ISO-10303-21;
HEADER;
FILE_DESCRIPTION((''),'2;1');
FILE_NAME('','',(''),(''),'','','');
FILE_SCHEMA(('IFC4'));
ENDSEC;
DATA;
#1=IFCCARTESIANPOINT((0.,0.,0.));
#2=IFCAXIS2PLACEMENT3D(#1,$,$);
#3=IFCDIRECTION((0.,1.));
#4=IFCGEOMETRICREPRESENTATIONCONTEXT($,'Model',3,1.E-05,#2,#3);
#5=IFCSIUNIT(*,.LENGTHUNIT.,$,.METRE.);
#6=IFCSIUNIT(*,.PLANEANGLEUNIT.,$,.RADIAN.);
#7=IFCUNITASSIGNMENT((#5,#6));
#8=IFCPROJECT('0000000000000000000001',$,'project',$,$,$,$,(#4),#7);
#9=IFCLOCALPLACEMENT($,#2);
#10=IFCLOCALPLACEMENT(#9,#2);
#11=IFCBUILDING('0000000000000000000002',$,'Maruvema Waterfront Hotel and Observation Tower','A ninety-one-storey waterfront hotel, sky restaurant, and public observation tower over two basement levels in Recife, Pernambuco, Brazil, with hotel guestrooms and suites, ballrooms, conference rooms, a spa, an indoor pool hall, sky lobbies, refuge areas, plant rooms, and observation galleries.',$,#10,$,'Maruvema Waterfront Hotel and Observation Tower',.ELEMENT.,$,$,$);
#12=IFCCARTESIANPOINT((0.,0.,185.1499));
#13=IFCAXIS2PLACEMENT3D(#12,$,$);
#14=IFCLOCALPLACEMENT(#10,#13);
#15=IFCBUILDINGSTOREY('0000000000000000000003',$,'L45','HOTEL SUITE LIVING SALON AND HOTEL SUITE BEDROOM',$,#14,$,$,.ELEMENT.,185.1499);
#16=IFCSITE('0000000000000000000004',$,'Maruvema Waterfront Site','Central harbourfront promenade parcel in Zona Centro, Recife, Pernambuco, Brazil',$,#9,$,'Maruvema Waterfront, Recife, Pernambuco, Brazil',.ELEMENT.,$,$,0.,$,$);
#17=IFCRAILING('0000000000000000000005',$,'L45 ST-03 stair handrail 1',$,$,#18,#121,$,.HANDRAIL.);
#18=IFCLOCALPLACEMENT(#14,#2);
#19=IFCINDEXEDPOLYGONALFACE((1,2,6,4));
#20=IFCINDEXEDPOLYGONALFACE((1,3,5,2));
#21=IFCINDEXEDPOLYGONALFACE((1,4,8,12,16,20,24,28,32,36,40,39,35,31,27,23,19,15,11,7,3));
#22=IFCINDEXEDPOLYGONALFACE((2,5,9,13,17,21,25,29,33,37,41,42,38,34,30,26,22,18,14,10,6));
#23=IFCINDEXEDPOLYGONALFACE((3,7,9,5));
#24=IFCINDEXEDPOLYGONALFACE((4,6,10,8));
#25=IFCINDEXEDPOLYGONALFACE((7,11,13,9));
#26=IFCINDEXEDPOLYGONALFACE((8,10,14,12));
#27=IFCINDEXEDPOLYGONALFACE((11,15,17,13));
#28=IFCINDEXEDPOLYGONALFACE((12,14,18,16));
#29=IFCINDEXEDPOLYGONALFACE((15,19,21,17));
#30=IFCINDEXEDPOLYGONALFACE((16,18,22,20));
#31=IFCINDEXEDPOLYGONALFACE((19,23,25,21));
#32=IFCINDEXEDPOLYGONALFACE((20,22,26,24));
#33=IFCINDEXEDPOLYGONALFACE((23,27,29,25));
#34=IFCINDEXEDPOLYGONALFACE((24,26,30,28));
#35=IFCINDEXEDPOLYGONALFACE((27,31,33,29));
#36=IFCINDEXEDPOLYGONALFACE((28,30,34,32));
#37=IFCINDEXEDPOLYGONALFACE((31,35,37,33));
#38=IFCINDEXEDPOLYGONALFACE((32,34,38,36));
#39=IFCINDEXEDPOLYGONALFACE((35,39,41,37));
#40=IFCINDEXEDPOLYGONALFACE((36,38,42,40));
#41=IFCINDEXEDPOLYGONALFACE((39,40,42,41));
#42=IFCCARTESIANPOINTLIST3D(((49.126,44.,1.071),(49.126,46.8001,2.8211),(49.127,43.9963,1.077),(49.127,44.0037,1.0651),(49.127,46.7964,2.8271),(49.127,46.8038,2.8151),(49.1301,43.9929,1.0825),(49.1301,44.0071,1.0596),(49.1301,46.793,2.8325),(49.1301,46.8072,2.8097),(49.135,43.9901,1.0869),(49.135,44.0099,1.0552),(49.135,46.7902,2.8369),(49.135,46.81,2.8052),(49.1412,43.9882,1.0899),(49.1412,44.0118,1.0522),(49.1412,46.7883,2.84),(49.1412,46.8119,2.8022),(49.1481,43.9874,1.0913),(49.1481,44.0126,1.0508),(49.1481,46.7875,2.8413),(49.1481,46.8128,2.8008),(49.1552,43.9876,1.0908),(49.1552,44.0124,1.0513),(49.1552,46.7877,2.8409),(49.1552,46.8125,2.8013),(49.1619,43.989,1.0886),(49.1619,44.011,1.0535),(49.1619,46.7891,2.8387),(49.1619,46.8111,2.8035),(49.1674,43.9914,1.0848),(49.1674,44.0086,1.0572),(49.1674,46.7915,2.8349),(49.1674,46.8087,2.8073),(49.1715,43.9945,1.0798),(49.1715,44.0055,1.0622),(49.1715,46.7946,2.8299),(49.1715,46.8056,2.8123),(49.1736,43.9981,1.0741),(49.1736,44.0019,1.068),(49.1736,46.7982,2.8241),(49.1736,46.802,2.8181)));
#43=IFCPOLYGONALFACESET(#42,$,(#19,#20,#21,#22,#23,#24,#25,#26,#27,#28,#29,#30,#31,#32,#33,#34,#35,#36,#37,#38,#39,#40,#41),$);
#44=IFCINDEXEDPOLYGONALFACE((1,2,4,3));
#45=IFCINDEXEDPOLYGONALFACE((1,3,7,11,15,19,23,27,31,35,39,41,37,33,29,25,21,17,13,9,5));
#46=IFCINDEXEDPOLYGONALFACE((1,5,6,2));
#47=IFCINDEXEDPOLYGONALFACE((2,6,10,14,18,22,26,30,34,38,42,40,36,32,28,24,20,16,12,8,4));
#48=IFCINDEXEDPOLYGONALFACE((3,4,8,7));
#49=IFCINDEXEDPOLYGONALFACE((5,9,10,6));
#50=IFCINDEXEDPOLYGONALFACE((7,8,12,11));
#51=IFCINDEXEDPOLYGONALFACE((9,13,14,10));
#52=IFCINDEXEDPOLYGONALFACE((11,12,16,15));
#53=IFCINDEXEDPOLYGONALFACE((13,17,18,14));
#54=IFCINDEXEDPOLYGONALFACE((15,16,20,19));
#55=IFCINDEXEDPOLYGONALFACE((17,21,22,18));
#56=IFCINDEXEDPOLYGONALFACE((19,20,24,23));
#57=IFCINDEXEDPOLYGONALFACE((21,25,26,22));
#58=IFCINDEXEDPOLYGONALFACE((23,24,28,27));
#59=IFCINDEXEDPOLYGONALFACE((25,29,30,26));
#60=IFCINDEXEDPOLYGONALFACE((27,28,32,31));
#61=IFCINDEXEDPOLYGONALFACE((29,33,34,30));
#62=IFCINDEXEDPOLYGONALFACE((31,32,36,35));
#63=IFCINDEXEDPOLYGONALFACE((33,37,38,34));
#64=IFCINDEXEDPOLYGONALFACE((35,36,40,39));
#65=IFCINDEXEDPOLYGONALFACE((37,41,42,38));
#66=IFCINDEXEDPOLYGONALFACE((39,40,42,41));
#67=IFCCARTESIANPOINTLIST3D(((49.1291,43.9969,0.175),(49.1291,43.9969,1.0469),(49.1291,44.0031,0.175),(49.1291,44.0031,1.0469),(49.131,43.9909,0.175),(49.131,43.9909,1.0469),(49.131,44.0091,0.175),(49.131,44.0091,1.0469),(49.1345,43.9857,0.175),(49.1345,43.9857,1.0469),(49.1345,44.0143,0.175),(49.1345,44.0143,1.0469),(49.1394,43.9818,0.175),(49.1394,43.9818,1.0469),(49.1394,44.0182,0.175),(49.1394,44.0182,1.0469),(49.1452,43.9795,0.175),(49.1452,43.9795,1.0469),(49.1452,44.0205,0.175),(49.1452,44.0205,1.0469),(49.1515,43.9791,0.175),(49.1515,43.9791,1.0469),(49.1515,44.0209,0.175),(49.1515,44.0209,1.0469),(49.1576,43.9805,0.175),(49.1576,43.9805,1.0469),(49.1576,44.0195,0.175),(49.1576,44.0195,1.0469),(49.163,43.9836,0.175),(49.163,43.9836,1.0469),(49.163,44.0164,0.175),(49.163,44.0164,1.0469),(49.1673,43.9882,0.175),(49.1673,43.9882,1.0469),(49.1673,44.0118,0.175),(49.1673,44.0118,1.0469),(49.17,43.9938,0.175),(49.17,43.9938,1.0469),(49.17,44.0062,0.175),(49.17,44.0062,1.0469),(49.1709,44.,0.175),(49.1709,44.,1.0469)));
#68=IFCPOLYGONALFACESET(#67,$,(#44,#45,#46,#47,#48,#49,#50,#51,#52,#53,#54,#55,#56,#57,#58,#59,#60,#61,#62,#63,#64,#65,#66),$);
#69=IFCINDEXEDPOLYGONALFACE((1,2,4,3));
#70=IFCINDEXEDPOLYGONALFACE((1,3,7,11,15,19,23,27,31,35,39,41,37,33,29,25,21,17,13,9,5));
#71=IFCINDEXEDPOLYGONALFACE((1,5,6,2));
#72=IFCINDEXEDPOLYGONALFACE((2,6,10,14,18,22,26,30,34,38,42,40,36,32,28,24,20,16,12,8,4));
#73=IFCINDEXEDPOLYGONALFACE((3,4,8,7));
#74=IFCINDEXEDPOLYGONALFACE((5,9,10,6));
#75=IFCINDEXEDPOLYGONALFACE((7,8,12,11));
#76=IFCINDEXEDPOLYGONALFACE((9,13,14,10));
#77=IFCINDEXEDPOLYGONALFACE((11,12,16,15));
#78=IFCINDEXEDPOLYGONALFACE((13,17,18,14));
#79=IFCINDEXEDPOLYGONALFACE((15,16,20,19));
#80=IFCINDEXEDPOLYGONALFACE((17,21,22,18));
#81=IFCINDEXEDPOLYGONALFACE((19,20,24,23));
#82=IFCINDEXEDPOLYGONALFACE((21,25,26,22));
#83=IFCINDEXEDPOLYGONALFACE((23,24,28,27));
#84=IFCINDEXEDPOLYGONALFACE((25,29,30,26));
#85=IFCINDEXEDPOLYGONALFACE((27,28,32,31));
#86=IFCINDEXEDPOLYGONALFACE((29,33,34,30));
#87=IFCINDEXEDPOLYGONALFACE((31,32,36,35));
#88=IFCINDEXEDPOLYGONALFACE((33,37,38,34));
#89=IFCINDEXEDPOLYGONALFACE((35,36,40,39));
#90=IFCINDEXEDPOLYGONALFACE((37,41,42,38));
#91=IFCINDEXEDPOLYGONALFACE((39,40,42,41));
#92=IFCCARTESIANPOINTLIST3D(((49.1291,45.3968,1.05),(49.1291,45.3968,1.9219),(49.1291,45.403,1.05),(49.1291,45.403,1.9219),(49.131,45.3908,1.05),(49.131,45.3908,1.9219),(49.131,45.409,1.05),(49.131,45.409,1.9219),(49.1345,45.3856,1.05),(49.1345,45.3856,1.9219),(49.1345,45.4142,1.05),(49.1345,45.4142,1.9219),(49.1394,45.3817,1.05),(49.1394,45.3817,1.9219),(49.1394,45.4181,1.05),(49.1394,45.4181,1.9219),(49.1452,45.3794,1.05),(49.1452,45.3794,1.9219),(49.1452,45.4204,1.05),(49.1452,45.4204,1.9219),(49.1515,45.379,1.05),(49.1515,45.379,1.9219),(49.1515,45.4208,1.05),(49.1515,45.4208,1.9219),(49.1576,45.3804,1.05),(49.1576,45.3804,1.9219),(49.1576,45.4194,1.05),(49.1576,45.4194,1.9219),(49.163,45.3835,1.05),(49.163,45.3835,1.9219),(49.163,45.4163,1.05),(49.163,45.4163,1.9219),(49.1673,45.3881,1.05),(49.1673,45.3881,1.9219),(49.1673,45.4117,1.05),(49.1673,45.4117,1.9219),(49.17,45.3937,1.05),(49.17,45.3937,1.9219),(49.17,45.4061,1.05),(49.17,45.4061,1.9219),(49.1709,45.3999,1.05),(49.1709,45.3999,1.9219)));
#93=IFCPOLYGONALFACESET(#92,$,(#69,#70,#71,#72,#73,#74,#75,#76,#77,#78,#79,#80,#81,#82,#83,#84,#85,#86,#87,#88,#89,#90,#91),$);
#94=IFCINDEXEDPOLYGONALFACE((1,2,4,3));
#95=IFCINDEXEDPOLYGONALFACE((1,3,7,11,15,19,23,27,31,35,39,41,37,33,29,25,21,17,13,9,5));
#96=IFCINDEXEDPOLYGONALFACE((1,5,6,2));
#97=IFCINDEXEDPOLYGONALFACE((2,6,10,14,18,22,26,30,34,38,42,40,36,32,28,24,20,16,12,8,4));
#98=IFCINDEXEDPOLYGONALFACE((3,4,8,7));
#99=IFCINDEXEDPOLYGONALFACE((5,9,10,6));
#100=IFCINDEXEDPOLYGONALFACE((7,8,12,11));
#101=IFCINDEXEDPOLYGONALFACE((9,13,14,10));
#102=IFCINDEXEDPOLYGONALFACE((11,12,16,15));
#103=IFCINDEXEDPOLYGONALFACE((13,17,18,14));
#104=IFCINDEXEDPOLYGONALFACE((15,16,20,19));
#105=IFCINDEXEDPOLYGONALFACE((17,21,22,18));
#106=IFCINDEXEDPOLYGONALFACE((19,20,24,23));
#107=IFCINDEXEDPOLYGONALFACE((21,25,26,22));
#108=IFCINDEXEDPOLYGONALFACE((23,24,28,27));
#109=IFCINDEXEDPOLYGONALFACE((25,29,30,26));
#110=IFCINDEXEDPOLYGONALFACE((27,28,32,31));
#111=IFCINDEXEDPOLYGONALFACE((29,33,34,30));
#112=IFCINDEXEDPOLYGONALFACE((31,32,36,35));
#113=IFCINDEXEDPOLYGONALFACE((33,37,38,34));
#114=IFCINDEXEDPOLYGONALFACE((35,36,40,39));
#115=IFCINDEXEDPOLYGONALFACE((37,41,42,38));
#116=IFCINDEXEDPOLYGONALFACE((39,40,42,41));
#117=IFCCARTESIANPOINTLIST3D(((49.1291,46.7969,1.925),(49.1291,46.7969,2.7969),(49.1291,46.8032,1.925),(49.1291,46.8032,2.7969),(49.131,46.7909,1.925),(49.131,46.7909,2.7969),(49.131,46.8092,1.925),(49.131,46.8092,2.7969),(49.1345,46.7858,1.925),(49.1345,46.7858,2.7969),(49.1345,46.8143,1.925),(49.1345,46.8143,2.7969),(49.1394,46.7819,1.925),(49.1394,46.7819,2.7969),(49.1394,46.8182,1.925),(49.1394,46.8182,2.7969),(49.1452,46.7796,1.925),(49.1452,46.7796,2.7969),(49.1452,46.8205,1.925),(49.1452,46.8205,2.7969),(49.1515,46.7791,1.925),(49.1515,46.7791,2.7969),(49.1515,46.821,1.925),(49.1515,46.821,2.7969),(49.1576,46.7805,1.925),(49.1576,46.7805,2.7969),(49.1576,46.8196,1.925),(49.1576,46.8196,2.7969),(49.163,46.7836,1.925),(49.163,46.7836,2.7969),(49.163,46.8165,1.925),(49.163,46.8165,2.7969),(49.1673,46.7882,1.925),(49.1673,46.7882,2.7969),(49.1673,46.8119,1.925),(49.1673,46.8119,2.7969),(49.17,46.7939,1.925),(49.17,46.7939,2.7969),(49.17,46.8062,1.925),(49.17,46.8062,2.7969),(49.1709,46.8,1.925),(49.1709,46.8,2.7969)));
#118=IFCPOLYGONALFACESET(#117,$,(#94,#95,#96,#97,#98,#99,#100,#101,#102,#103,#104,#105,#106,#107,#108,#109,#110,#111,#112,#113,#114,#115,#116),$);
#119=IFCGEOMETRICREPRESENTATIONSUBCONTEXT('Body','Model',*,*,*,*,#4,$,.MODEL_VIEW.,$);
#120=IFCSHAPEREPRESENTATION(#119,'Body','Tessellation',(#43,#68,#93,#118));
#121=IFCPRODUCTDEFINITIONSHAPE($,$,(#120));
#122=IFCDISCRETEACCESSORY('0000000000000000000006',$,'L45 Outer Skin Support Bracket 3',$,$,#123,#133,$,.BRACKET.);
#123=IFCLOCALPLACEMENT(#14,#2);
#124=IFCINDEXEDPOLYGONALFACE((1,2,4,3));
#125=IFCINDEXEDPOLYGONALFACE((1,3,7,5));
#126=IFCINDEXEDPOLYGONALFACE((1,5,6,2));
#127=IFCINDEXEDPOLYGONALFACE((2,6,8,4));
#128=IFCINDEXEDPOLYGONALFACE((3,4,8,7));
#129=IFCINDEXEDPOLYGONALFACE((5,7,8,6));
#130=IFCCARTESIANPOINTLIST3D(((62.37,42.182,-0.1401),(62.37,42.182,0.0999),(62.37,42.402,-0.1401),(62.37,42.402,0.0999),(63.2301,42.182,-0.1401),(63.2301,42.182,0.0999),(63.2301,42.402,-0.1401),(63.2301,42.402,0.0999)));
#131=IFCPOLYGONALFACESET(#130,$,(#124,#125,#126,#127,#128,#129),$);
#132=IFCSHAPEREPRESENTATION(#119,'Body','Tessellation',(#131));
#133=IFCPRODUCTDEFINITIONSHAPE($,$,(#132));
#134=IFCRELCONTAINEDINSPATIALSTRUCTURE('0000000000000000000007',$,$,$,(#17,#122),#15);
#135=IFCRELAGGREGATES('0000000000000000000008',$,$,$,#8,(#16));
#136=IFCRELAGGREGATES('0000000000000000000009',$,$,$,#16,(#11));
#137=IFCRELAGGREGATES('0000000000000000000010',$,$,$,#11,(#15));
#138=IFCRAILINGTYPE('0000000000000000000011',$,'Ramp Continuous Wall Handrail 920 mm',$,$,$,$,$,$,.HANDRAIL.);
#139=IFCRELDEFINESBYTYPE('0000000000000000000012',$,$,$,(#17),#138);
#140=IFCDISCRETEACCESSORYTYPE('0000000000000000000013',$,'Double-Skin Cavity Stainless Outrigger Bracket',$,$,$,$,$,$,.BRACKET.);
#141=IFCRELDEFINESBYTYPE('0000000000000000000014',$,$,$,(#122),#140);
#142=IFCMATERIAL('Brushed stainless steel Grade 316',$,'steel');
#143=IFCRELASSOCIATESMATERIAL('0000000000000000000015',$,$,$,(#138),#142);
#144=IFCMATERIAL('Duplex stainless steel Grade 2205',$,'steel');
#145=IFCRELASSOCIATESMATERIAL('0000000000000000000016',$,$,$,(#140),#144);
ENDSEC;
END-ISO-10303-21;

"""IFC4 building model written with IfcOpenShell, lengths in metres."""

from ifc_helpers import new_model, si_unit, direction, frame, origin, origin_2d, place, context, subcontext, project, spatial, rectangle, circle, extrude, material, type_object, element, save


model = new_model("IFC4")

# Units and contexts
model_context = context("Model", 3, precision=1e-05, world=origin(), true_north=direction((0.0, 1.0)))
body_context = subcontext(model_context, "Body", "Model", "MODEL_VIEW")
ifc_project = project(units=[si_unit("LENGTHUNIT", "METRE"), si_unit("PLANEANGLEUNIT", "RADIAN")], contexts=[model_context])

# Site, building, storey
site_placement = place(None, origin())
site = spatial("IfcSite", under=ifc_project, at=site_placement, Name="Maruvema Waterfront Site", Description="Central harbourfront promenade parcel in Zona Centro, Recife, Pernambuco, Brazil", LongName="Maruvema Waterfront, Recife, Pernambuco, Brazil", CompositionType="ELEMENT", RefElevation=0.0)
building_placement = place(site_placement, origin())
building = spatial("IfcBuilding", under=site, at=building_placement, Name="Maruvema Waterfront Hotel and Observation Tower", Description="A ninety-one-storey waterfront hotel, sky restaurant, and public observation tower over two basement levels in Recife, Pernambuco, Brazil, with hotel guestrooms and suites, ballrooms, conference rooms, a spa, an indoor pool hall, sky lobbies, refuge areas, plant rooms, and observation galleries.", LongName="Maruvema Waterfront Hotel and Observation Tower", CompositionType="ELEMENT")
storey_placement = place(building_placement, frame((0.0, 0.0, 185.1499)))
storey = spatial("IfcBuildingStorey", under=building, at=storey_placement, Name="L45", Description="HOTEL SUITE LIVING SALON AND HOTEL SUITE BEDROOM", CompositionType="ELEMENT", Elevation=185.1499)

# Railing
ifc_material_1 = material(Name="Brushed stainless steel Grade 316", Category="steel")
railing_type = type_object("IfcRailingType", Name="Ramp Continuous Wall Handrail 920 mm", PredefinedType="HANDRAIL", material=ifc_material_1)
railing_placement = place(storey_placement, frame((49.1499, 44.0, 0.175)))
element("IfcRailing", 1, at=railing_placement, inside=storey, type_object=railing_type, Name="L45 ST-03 stair handrail 1", PredefinedType="HANDRAIL", context=body_context, shape_type="SweptSolid", body=[
    extrude(circle(Radius=0.0239, at=origin_2d()), frame((0.0, 0.0, 0.896), z_axis=(0.0, 0.848002, 0.529992), x_axis=(-1.0, 0.0, 0.0)), (0.0, 0.0, 1.0), 3.302),
    extrude(circle(Radius=0.021, at=origin_2d()), origin(), (0.0, 0.0, 1.0), 0.8718),
    extrude(circle(Radius=0.021, at=origin_2d()), frame((0.0, 1.3999, 0.875)), (0.0, 0.0, 1.0), 0.8718),
    extrude(circle(Radius=0.021, at=origin_2d()), frame((0.0, 2.8, 1.75)), (0.0, 0.0, 1.0), 0.8718),
])

# Discrete accessory
ifc_material_2 = material(Name="Duplex stainless steel Grade 2205", Category="steel")
discrete_accessory_type = type_object("IfcDiscreteAccessoryType", Name="Double-Skin Cavity Stainless Outrigger Bracket", PredefinedType="BRACKET", material=ifc_material_2)
discrete_accessory_placement = place(storey_placement, frame((62.8, 42.292, -0.1401), z_axis=(0.0, 0.0, 1.0), x_axis=(0.0, 1.0, 0.0)))
element("IfcDiscreteAccessory", 2, at=discrete_accessory_placement, inside=storey, type_object=discrete_accessory_type, Name="L45 Outer Skin Support Bracket 3", PredefinedType="BRACKET", context=body_context, shape_type="SweptSolid", body=[
    extrude(rectangle(XDim=0.22, YDim=0.8601, at=origin_2d()), origin(), (0.0, 0.0, 1.0), 0.24),
])

save(model, "model.ifc")
